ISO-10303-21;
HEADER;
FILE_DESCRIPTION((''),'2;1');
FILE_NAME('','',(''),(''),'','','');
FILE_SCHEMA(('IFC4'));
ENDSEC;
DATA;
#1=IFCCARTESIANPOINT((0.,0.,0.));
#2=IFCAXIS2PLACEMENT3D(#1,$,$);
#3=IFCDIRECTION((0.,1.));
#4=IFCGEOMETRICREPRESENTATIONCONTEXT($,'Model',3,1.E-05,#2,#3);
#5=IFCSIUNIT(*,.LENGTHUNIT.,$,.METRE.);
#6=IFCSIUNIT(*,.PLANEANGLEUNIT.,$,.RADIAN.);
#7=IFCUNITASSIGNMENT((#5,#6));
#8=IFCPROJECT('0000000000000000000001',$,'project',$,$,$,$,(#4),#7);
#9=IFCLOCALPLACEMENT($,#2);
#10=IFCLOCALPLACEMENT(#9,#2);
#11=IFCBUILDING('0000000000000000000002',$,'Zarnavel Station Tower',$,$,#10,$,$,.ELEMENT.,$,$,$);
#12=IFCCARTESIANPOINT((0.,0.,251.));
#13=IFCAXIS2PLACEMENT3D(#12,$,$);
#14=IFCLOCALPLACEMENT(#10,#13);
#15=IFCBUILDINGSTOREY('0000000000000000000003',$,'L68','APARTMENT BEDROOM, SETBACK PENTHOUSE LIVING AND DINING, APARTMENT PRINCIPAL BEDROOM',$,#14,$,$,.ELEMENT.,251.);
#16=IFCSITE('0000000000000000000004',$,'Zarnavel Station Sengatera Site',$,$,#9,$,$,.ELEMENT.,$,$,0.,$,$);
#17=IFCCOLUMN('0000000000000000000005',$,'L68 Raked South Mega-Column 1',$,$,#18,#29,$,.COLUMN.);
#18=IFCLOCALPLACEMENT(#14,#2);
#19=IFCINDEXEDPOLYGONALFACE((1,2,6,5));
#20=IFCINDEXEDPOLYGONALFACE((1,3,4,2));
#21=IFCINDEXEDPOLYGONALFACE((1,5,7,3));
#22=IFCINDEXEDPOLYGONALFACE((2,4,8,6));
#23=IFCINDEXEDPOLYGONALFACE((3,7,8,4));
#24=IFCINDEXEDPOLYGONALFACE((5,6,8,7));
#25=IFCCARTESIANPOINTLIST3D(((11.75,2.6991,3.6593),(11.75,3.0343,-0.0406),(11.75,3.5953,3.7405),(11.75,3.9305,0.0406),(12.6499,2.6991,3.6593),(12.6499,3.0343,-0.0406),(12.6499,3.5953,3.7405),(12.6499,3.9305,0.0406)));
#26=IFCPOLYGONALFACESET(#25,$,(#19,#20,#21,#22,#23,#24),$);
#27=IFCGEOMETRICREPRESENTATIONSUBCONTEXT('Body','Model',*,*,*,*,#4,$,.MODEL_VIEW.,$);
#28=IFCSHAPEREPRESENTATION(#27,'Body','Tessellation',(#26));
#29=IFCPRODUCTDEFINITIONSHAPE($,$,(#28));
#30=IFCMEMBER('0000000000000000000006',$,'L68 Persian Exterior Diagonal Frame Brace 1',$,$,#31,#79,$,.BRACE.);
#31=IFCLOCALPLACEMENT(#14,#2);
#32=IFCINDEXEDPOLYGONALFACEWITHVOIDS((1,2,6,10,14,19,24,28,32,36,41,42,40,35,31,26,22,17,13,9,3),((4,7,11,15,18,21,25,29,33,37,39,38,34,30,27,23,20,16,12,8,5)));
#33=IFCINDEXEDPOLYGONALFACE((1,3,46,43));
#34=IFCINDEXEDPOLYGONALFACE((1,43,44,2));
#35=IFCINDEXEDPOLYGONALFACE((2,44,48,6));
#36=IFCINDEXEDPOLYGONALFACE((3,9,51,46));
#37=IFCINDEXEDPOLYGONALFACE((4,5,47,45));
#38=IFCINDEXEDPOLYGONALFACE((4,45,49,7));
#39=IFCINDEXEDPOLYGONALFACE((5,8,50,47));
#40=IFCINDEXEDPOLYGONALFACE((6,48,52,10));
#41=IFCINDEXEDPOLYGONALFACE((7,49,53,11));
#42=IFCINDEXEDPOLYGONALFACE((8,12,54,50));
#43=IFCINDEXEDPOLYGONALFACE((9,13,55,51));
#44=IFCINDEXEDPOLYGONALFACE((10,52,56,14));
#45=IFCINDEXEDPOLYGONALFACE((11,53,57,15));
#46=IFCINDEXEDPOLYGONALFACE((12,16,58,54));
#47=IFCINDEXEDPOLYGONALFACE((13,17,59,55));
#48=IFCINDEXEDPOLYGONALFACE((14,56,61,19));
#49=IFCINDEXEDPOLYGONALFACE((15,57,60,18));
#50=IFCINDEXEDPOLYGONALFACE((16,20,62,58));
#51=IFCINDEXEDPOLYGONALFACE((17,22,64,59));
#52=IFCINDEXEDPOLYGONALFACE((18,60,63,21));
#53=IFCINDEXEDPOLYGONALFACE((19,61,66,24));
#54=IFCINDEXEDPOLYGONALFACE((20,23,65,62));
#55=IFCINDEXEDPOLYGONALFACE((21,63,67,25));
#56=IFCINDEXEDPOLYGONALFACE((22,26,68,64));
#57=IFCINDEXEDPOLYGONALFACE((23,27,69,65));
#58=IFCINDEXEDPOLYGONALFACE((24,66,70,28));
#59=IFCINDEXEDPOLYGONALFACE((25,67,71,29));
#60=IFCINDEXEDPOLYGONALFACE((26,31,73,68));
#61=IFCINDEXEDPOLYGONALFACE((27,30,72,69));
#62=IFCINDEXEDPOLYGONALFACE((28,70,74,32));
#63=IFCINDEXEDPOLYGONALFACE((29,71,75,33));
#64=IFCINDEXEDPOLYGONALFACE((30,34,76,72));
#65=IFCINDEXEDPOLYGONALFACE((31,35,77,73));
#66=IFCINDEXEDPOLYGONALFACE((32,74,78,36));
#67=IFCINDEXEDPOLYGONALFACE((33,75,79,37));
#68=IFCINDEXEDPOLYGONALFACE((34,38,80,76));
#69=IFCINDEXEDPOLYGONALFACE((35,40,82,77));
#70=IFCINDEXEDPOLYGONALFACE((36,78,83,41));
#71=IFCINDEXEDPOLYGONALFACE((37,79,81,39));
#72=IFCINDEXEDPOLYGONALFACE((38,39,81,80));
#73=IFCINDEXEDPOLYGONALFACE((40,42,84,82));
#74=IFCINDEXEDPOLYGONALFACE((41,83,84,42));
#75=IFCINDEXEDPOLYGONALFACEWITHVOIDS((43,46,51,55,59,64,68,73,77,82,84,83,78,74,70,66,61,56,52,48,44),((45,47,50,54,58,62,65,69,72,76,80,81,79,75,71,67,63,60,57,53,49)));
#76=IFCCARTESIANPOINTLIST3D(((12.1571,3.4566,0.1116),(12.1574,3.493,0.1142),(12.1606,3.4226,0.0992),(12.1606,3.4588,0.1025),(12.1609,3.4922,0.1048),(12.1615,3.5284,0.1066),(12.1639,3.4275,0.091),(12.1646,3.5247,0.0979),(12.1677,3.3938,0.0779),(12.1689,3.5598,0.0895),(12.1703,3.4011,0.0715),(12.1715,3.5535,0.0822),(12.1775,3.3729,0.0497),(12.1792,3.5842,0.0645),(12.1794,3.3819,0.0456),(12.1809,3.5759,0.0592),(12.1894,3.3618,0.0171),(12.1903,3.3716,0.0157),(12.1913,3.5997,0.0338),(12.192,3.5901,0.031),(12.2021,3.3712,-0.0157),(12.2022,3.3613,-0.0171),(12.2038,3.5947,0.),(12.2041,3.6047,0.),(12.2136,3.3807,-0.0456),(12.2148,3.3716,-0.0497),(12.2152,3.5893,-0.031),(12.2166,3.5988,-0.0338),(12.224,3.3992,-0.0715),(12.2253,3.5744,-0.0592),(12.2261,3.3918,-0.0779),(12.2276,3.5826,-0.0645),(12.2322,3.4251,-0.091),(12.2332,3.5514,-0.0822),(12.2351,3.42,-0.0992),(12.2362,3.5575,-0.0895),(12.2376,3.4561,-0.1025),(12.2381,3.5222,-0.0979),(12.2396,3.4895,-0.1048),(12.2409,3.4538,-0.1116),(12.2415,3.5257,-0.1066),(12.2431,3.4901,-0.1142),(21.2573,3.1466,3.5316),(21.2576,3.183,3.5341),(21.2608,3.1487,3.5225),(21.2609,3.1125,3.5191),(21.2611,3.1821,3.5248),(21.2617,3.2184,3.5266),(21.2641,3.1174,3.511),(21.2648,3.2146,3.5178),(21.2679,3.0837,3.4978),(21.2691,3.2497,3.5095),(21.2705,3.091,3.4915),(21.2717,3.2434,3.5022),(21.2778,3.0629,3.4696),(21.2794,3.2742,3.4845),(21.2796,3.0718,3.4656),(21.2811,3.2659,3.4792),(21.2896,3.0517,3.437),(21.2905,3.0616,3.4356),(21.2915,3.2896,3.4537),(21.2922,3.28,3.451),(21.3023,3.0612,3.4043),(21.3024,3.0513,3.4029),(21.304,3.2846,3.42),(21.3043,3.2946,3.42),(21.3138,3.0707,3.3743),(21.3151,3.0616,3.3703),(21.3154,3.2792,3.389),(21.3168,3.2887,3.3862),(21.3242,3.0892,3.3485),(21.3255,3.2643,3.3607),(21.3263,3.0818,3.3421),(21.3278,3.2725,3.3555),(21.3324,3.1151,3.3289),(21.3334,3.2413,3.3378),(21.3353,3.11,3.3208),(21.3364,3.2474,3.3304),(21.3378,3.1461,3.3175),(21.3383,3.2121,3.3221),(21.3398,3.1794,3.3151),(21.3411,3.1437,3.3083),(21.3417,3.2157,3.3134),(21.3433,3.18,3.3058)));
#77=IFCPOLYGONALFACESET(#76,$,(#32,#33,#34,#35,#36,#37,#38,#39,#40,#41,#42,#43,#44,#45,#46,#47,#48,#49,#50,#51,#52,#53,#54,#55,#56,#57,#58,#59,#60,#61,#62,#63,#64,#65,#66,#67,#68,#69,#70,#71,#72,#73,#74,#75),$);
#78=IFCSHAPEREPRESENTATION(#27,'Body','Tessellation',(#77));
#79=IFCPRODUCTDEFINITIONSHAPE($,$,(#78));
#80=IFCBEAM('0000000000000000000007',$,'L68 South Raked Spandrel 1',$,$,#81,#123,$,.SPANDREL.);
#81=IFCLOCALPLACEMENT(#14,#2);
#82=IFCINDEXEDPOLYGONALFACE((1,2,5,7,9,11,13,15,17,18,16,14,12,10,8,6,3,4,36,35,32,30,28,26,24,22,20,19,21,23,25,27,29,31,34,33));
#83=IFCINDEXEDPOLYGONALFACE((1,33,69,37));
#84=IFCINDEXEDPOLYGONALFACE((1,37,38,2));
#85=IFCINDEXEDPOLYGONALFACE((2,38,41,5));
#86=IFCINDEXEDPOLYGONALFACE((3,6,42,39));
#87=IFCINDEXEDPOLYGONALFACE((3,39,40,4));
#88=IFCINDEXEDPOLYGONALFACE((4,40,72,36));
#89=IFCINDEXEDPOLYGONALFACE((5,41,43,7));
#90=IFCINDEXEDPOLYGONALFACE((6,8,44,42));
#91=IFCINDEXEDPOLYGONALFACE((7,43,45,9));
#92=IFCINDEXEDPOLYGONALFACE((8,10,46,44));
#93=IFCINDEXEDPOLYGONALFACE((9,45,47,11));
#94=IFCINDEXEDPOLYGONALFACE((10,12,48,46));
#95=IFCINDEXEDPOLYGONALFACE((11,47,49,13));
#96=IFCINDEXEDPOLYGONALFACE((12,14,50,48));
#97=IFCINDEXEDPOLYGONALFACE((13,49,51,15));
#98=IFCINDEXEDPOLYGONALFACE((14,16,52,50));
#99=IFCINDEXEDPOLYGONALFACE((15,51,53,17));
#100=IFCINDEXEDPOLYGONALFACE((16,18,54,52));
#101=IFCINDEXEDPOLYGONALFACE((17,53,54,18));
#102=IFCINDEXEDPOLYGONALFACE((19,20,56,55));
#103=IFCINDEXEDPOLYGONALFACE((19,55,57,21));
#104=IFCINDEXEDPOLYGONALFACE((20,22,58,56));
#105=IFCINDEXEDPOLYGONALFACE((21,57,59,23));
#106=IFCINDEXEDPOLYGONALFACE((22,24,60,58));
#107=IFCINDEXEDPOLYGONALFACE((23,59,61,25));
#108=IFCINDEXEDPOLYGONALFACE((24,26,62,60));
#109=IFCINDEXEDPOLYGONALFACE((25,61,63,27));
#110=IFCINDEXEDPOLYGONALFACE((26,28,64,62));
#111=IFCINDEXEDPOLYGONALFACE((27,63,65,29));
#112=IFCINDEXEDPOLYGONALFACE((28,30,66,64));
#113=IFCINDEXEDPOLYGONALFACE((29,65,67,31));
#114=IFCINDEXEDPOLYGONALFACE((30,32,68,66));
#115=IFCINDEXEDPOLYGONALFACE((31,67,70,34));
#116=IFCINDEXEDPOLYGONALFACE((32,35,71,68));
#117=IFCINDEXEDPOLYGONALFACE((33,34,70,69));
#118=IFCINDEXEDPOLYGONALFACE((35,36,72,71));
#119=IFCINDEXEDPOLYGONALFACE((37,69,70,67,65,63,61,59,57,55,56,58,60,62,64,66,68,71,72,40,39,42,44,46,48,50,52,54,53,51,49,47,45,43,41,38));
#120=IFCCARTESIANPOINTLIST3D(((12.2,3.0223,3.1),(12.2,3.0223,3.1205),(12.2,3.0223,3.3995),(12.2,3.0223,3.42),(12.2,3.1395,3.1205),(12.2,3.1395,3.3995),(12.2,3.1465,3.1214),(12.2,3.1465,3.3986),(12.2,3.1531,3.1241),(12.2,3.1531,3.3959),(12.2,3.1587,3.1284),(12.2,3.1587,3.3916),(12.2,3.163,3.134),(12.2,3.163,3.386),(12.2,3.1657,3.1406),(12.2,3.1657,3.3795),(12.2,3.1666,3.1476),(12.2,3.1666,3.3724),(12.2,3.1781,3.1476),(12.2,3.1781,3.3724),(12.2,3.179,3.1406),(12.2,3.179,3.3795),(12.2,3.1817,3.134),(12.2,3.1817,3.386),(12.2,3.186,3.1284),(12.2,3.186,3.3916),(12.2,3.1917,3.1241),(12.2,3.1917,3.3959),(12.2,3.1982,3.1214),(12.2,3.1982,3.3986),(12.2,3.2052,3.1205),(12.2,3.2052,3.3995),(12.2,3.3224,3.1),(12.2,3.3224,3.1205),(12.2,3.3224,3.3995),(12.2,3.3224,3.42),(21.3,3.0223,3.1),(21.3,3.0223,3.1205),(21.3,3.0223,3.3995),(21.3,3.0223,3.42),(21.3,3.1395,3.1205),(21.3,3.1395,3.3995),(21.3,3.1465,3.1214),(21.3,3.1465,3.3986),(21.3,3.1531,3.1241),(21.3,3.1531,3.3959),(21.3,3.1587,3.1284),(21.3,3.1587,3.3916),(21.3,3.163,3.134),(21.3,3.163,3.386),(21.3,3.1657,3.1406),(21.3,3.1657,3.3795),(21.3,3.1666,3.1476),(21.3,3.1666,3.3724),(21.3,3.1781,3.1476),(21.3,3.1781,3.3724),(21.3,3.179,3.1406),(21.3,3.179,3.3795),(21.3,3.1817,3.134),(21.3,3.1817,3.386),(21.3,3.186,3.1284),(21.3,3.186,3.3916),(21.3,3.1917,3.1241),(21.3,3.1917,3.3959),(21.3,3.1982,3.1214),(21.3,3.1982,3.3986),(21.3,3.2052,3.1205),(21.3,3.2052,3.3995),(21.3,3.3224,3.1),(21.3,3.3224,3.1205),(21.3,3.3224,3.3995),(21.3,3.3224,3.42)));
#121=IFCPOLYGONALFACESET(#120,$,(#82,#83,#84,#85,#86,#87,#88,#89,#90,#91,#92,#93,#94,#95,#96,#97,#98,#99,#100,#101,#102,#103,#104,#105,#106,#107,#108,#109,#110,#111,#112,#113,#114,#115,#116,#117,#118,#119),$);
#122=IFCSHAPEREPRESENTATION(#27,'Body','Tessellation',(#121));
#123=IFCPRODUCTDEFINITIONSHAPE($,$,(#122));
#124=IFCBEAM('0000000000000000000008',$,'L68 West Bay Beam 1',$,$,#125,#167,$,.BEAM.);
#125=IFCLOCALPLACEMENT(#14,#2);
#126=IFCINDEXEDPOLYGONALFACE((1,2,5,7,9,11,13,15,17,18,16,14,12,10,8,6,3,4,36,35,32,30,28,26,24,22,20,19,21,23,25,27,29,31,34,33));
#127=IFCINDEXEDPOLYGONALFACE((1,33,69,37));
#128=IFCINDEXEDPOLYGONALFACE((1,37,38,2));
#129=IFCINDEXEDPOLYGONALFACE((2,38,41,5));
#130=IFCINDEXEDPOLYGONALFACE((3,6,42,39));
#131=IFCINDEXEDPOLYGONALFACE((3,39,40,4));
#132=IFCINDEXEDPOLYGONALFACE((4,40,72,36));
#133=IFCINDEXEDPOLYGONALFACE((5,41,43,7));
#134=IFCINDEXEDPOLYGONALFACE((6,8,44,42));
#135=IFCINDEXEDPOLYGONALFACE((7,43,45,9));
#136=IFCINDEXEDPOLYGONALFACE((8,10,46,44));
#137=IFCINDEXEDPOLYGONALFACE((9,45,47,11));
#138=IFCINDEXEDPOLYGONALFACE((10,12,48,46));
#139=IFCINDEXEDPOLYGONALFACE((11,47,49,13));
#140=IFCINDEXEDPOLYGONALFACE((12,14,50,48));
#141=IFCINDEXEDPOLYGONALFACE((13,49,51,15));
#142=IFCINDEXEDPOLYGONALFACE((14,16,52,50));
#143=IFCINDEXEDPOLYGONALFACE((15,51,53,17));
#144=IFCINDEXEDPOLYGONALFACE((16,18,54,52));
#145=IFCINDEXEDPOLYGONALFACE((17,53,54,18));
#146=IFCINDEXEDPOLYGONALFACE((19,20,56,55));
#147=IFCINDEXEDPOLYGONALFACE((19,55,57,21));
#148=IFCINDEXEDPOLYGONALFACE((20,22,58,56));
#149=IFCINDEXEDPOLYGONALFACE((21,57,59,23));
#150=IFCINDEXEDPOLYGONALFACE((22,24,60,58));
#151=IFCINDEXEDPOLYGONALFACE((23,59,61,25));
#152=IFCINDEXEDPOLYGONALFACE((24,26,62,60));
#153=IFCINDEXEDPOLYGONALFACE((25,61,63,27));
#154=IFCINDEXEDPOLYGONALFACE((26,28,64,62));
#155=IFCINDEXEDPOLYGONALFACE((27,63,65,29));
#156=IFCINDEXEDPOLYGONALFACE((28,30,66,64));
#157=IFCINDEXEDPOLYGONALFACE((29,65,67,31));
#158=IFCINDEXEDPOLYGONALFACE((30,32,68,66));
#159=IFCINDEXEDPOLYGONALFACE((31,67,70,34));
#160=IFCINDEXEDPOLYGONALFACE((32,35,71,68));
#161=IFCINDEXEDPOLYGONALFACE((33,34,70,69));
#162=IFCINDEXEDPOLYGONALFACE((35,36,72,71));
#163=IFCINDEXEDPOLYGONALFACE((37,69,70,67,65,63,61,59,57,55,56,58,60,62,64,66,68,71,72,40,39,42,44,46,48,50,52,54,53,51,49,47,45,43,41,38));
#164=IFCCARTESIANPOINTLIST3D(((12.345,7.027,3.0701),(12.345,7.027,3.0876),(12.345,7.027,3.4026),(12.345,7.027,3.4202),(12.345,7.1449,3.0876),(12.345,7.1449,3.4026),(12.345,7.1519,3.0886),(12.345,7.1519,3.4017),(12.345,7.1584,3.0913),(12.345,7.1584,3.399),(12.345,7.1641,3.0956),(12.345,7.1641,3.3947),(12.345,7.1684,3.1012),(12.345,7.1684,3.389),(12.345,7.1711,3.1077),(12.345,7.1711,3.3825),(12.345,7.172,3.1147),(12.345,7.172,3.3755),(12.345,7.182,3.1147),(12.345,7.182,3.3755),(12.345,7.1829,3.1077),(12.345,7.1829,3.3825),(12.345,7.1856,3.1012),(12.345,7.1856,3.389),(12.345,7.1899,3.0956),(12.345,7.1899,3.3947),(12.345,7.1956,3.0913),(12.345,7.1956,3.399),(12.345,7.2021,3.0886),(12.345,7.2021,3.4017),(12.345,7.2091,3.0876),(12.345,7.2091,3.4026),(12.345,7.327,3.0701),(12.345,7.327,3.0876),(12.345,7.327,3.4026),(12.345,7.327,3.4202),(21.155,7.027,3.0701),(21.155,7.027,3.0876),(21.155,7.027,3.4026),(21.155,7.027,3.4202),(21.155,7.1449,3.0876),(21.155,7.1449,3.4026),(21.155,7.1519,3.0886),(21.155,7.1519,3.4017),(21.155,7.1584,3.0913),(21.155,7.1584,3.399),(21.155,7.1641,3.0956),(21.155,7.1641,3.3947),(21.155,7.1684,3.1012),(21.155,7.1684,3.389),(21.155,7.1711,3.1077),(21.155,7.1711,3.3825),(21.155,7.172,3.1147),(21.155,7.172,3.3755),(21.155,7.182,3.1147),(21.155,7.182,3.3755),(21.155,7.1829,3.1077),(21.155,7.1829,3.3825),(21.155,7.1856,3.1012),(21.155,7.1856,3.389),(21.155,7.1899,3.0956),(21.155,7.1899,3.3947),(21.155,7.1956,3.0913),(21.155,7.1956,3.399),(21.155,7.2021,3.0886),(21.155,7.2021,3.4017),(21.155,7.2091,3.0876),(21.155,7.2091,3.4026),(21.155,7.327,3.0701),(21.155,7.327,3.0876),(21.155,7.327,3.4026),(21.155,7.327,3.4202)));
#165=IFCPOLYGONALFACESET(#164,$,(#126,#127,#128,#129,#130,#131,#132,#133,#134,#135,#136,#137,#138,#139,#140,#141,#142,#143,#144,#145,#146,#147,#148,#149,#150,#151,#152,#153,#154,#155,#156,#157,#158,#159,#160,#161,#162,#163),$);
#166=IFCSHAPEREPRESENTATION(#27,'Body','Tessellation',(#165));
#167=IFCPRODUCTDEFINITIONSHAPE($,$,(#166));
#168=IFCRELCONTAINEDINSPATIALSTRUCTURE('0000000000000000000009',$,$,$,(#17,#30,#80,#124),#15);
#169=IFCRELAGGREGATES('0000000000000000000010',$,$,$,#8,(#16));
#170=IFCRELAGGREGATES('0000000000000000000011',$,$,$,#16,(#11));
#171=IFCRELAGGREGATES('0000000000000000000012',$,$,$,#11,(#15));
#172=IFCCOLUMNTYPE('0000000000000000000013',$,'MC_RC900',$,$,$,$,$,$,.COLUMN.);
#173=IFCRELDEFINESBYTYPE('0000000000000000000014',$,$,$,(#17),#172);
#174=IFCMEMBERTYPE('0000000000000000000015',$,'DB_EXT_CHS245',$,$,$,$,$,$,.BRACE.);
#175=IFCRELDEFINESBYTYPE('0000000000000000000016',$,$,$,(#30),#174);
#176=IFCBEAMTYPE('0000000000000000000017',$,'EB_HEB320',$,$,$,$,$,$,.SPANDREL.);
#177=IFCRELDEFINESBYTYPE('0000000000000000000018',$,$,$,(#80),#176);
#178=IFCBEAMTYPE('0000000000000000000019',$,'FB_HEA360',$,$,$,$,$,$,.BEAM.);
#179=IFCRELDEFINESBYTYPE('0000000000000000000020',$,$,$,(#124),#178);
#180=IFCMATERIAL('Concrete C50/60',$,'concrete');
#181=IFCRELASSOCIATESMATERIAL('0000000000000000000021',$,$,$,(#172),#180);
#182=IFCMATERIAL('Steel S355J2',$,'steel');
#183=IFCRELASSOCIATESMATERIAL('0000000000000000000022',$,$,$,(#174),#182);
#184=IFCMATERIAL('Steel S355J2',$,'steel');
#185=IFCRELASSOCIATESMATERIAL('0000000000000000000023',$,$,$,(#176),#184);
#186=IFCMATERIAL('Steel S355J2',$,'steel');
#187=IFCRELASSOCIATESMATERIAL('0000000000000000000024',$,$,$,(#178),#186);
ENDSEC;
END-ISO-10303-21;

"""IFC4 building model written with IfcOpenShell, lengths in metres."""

from ifc_helpers import new_model, si_unit, direction, frame, origin, origin_2d, place, context, subcontext, project, spatial, rectangle, hollow_circle, i_section, extrude, material, material_profile, profile_set, type_object, element, save


model = new_model("IFC4")

# Units and contexts
model_context = context("Model", 3, precision=1e-05, world=origin(), true_north=direction((0.0, 1.0)))
body_context = subcontext(model_context, "Body", "Model", "MODEL_VIEW")
ifc_project = project(units=[si_unit("LENGTHUNIT", "METRE"), si_unit("PLANEANGLEUNIT", "RADIAN")], contexts=[model_context])

# Site, building, storey
site_placement = place(None, origin())
site = spatial("IfcSite", under=ifc_project, at=site_placement, Name="Zarnavel Station Sengatera Site", CompositionType="ELEMENT", RefElevation=0.0)
building_placement = place(site_placement, origin())
building = spatial("IfcBuilding", under=site, at=building_placement, Name="Zarnavel Station Tower", CompositionType="ELEMENT")
storey_placement = place(building_placement, frame((0.0, 0.0, 251.0)))
storey = spatial("IfcBuildingStorey", under=building, at=storey_placement, Name="L68", Description="APARTMENT BEDROOM, SETBACK PENTHOUSE LIVING AND DINING, APARTMENT PRINCIPAL BEDROOM", CompositionType="ELEMENT", Elevation=251.0)

# Column
ifc_material_1 = material(Name="Concrete C50/60", Category="concrete")
ifc_material_profile_1 = material_profile(ifc_material_1, rectangle(XDim=0.8999, YDim=0.8999, at=origin_2d()), Name="RC900x900")
ifc_profile_set_1 = profile_set([ifc_material_profile_1], Name="Concrete C50/60")
column_type = type_object("IfcColumnType", Name="MC_RC900", PredefinedType="COLUMN", material=ifc_profile_set_1)
column_placement = place(storey_placement, frame((12.2, 3.4824, 0.0), z_axis=(0.0, -0.090228, 0.995921), x_axis=(1.0, 0.0, 0.0)))
element("IfcColumn", 1, at=column_placement, inside=storey, type_object=column_type, Name="L68 Raked South Mega-Column 1", PredefinedType="COLUMN", context=body_context, shape_type="SweptSolid", body=[
    extrude(rectangle(XDim=0.8999, YDim=0.8999, at=origin_2d()), origin(), (0.0, 0.0, 1.0), 3.7151),
])

# Member
ifc_material_2 = material(Name="Steel S355J2", Category="steel")
ifc_material_profile_2 = material_profile(ifc_material_2, hollow_circle(Radius=0.1223, WallThickness=0.01, at=origin_2d()), Name="CHS244.5x10")
ifc_profile_set_2 = profile_set([ifc_material_profile_2], Name="Steel S355J2")
member_type = type_object("IfcMemberType", Name="DB_EXT_CHS245", PredefinedType="BRACE", material=ifc_profile_set_2)
member_placement = place(storey_placement, frame((12.2, 3.4824, 0.0), z_axis=(0.935603, -0.031878, 0.351611), x_axis=(0.034052, 0.99942, 0.0)))
element("IfcMember", 2, at=member_placement, inside=storey, type_object=member_type, Name="L68 Persian Exterior Diagonal Frame Brace 1", PredefinedType="BRACE", context=body_context, shape_type="SweptSolid", body=[
    extrude(hollow_circle(Radius=0.1223, WallThickness=0.01, at=origin_2d()), origin(), (0.0, 0.0, 1.0), 9.7266),
])

# Beams
ifc_material_3 = material(Name="Steel S355J2", Category="steel")
ifc_material_profile_3 = material_profile(ifc_material_3, i_section(OverallWidth=0.3, OverallDepth=0.3201, WebThickness=0.0115, FlangeThickness=0.0205, FilletRadius=0.0271, at=origin_2d()), Name="HEB320")
ifc_profile_set_3 = profile_set([ifc_material_profile_3], Name="Steel S355J2")
beam_type_1 = type_object("IfcBeamType", Name="EB_HEB320", PredefinedType="SPANDREL", material=ifc_profile_set_3)
beam_1_placement = place(storey_placement, frame((12.2, 3.1724, 3.26), z_axis=(1.0, 0.0, 0.0), x_axis=(0.0, 1.0, 0.0)))
element("IfcBeam", 3, at=beam_1_placement, inside=storey, type_object=beam_type_1, Name="L68 South Raked Spandrel 1", PredefinedType="SPANDREL", context=body_context, shape_type="SweptSolid", body=[
    extrude(i_section(OverallWidth=0.3, OverallDepth=0.3201, WebThickness=0.0115, FlangeThickness=0.0205, FilletRadius=0.0271, at=origin_2d()), origin(), (0.0, 0.0, 1.0), 9.1001),
])
ifc_material_4 = material(Name="Steel S355J2", Category="steel")
ifc_material_profile_4 = material_profile(ifc_material_4, i_section(OverallWidth=0.3, OverallDepth=0.3501, WebThickness=0.01, FlangeThickness=0.0176, FilletRadius=0.0271, at=origin_2d()), Name="HEA360")
ifc_profile_set_4 = profile_set([ifc_material_profile_4], Name="Steel S355J2")
beam_type_2 = type_object("IfcBeamType", Name="FB_HEA360", PredefinedType="BEAM", material=ifc_profile_set_4)
beam_2_placement = place(storey_placement, frame((12.345, 7.177, 3.2451), z_axis=(1.0, 0.0, 0.0), x_axis=(0.0, 1.0, 0.0)))
element("IfcBeam", 4, at=beam_2_placement, inside=storey, type_object=beam_type_2, Name="L68 West Bay Beam 1", PredefinedType="BEAM", context=body_context, shape_type="SweptSolid", body=[
    extrude(i_section(OverallWidth=0.3, OverallDepth=0.3501, WebThickness=0.01, FlangeThickness=0.0176, FilletRadius=0.0271, at=origin_2d()), origin(), (0.0, 0.0, 1.0), 8.8101),
])

save(model, "model.ifc")
